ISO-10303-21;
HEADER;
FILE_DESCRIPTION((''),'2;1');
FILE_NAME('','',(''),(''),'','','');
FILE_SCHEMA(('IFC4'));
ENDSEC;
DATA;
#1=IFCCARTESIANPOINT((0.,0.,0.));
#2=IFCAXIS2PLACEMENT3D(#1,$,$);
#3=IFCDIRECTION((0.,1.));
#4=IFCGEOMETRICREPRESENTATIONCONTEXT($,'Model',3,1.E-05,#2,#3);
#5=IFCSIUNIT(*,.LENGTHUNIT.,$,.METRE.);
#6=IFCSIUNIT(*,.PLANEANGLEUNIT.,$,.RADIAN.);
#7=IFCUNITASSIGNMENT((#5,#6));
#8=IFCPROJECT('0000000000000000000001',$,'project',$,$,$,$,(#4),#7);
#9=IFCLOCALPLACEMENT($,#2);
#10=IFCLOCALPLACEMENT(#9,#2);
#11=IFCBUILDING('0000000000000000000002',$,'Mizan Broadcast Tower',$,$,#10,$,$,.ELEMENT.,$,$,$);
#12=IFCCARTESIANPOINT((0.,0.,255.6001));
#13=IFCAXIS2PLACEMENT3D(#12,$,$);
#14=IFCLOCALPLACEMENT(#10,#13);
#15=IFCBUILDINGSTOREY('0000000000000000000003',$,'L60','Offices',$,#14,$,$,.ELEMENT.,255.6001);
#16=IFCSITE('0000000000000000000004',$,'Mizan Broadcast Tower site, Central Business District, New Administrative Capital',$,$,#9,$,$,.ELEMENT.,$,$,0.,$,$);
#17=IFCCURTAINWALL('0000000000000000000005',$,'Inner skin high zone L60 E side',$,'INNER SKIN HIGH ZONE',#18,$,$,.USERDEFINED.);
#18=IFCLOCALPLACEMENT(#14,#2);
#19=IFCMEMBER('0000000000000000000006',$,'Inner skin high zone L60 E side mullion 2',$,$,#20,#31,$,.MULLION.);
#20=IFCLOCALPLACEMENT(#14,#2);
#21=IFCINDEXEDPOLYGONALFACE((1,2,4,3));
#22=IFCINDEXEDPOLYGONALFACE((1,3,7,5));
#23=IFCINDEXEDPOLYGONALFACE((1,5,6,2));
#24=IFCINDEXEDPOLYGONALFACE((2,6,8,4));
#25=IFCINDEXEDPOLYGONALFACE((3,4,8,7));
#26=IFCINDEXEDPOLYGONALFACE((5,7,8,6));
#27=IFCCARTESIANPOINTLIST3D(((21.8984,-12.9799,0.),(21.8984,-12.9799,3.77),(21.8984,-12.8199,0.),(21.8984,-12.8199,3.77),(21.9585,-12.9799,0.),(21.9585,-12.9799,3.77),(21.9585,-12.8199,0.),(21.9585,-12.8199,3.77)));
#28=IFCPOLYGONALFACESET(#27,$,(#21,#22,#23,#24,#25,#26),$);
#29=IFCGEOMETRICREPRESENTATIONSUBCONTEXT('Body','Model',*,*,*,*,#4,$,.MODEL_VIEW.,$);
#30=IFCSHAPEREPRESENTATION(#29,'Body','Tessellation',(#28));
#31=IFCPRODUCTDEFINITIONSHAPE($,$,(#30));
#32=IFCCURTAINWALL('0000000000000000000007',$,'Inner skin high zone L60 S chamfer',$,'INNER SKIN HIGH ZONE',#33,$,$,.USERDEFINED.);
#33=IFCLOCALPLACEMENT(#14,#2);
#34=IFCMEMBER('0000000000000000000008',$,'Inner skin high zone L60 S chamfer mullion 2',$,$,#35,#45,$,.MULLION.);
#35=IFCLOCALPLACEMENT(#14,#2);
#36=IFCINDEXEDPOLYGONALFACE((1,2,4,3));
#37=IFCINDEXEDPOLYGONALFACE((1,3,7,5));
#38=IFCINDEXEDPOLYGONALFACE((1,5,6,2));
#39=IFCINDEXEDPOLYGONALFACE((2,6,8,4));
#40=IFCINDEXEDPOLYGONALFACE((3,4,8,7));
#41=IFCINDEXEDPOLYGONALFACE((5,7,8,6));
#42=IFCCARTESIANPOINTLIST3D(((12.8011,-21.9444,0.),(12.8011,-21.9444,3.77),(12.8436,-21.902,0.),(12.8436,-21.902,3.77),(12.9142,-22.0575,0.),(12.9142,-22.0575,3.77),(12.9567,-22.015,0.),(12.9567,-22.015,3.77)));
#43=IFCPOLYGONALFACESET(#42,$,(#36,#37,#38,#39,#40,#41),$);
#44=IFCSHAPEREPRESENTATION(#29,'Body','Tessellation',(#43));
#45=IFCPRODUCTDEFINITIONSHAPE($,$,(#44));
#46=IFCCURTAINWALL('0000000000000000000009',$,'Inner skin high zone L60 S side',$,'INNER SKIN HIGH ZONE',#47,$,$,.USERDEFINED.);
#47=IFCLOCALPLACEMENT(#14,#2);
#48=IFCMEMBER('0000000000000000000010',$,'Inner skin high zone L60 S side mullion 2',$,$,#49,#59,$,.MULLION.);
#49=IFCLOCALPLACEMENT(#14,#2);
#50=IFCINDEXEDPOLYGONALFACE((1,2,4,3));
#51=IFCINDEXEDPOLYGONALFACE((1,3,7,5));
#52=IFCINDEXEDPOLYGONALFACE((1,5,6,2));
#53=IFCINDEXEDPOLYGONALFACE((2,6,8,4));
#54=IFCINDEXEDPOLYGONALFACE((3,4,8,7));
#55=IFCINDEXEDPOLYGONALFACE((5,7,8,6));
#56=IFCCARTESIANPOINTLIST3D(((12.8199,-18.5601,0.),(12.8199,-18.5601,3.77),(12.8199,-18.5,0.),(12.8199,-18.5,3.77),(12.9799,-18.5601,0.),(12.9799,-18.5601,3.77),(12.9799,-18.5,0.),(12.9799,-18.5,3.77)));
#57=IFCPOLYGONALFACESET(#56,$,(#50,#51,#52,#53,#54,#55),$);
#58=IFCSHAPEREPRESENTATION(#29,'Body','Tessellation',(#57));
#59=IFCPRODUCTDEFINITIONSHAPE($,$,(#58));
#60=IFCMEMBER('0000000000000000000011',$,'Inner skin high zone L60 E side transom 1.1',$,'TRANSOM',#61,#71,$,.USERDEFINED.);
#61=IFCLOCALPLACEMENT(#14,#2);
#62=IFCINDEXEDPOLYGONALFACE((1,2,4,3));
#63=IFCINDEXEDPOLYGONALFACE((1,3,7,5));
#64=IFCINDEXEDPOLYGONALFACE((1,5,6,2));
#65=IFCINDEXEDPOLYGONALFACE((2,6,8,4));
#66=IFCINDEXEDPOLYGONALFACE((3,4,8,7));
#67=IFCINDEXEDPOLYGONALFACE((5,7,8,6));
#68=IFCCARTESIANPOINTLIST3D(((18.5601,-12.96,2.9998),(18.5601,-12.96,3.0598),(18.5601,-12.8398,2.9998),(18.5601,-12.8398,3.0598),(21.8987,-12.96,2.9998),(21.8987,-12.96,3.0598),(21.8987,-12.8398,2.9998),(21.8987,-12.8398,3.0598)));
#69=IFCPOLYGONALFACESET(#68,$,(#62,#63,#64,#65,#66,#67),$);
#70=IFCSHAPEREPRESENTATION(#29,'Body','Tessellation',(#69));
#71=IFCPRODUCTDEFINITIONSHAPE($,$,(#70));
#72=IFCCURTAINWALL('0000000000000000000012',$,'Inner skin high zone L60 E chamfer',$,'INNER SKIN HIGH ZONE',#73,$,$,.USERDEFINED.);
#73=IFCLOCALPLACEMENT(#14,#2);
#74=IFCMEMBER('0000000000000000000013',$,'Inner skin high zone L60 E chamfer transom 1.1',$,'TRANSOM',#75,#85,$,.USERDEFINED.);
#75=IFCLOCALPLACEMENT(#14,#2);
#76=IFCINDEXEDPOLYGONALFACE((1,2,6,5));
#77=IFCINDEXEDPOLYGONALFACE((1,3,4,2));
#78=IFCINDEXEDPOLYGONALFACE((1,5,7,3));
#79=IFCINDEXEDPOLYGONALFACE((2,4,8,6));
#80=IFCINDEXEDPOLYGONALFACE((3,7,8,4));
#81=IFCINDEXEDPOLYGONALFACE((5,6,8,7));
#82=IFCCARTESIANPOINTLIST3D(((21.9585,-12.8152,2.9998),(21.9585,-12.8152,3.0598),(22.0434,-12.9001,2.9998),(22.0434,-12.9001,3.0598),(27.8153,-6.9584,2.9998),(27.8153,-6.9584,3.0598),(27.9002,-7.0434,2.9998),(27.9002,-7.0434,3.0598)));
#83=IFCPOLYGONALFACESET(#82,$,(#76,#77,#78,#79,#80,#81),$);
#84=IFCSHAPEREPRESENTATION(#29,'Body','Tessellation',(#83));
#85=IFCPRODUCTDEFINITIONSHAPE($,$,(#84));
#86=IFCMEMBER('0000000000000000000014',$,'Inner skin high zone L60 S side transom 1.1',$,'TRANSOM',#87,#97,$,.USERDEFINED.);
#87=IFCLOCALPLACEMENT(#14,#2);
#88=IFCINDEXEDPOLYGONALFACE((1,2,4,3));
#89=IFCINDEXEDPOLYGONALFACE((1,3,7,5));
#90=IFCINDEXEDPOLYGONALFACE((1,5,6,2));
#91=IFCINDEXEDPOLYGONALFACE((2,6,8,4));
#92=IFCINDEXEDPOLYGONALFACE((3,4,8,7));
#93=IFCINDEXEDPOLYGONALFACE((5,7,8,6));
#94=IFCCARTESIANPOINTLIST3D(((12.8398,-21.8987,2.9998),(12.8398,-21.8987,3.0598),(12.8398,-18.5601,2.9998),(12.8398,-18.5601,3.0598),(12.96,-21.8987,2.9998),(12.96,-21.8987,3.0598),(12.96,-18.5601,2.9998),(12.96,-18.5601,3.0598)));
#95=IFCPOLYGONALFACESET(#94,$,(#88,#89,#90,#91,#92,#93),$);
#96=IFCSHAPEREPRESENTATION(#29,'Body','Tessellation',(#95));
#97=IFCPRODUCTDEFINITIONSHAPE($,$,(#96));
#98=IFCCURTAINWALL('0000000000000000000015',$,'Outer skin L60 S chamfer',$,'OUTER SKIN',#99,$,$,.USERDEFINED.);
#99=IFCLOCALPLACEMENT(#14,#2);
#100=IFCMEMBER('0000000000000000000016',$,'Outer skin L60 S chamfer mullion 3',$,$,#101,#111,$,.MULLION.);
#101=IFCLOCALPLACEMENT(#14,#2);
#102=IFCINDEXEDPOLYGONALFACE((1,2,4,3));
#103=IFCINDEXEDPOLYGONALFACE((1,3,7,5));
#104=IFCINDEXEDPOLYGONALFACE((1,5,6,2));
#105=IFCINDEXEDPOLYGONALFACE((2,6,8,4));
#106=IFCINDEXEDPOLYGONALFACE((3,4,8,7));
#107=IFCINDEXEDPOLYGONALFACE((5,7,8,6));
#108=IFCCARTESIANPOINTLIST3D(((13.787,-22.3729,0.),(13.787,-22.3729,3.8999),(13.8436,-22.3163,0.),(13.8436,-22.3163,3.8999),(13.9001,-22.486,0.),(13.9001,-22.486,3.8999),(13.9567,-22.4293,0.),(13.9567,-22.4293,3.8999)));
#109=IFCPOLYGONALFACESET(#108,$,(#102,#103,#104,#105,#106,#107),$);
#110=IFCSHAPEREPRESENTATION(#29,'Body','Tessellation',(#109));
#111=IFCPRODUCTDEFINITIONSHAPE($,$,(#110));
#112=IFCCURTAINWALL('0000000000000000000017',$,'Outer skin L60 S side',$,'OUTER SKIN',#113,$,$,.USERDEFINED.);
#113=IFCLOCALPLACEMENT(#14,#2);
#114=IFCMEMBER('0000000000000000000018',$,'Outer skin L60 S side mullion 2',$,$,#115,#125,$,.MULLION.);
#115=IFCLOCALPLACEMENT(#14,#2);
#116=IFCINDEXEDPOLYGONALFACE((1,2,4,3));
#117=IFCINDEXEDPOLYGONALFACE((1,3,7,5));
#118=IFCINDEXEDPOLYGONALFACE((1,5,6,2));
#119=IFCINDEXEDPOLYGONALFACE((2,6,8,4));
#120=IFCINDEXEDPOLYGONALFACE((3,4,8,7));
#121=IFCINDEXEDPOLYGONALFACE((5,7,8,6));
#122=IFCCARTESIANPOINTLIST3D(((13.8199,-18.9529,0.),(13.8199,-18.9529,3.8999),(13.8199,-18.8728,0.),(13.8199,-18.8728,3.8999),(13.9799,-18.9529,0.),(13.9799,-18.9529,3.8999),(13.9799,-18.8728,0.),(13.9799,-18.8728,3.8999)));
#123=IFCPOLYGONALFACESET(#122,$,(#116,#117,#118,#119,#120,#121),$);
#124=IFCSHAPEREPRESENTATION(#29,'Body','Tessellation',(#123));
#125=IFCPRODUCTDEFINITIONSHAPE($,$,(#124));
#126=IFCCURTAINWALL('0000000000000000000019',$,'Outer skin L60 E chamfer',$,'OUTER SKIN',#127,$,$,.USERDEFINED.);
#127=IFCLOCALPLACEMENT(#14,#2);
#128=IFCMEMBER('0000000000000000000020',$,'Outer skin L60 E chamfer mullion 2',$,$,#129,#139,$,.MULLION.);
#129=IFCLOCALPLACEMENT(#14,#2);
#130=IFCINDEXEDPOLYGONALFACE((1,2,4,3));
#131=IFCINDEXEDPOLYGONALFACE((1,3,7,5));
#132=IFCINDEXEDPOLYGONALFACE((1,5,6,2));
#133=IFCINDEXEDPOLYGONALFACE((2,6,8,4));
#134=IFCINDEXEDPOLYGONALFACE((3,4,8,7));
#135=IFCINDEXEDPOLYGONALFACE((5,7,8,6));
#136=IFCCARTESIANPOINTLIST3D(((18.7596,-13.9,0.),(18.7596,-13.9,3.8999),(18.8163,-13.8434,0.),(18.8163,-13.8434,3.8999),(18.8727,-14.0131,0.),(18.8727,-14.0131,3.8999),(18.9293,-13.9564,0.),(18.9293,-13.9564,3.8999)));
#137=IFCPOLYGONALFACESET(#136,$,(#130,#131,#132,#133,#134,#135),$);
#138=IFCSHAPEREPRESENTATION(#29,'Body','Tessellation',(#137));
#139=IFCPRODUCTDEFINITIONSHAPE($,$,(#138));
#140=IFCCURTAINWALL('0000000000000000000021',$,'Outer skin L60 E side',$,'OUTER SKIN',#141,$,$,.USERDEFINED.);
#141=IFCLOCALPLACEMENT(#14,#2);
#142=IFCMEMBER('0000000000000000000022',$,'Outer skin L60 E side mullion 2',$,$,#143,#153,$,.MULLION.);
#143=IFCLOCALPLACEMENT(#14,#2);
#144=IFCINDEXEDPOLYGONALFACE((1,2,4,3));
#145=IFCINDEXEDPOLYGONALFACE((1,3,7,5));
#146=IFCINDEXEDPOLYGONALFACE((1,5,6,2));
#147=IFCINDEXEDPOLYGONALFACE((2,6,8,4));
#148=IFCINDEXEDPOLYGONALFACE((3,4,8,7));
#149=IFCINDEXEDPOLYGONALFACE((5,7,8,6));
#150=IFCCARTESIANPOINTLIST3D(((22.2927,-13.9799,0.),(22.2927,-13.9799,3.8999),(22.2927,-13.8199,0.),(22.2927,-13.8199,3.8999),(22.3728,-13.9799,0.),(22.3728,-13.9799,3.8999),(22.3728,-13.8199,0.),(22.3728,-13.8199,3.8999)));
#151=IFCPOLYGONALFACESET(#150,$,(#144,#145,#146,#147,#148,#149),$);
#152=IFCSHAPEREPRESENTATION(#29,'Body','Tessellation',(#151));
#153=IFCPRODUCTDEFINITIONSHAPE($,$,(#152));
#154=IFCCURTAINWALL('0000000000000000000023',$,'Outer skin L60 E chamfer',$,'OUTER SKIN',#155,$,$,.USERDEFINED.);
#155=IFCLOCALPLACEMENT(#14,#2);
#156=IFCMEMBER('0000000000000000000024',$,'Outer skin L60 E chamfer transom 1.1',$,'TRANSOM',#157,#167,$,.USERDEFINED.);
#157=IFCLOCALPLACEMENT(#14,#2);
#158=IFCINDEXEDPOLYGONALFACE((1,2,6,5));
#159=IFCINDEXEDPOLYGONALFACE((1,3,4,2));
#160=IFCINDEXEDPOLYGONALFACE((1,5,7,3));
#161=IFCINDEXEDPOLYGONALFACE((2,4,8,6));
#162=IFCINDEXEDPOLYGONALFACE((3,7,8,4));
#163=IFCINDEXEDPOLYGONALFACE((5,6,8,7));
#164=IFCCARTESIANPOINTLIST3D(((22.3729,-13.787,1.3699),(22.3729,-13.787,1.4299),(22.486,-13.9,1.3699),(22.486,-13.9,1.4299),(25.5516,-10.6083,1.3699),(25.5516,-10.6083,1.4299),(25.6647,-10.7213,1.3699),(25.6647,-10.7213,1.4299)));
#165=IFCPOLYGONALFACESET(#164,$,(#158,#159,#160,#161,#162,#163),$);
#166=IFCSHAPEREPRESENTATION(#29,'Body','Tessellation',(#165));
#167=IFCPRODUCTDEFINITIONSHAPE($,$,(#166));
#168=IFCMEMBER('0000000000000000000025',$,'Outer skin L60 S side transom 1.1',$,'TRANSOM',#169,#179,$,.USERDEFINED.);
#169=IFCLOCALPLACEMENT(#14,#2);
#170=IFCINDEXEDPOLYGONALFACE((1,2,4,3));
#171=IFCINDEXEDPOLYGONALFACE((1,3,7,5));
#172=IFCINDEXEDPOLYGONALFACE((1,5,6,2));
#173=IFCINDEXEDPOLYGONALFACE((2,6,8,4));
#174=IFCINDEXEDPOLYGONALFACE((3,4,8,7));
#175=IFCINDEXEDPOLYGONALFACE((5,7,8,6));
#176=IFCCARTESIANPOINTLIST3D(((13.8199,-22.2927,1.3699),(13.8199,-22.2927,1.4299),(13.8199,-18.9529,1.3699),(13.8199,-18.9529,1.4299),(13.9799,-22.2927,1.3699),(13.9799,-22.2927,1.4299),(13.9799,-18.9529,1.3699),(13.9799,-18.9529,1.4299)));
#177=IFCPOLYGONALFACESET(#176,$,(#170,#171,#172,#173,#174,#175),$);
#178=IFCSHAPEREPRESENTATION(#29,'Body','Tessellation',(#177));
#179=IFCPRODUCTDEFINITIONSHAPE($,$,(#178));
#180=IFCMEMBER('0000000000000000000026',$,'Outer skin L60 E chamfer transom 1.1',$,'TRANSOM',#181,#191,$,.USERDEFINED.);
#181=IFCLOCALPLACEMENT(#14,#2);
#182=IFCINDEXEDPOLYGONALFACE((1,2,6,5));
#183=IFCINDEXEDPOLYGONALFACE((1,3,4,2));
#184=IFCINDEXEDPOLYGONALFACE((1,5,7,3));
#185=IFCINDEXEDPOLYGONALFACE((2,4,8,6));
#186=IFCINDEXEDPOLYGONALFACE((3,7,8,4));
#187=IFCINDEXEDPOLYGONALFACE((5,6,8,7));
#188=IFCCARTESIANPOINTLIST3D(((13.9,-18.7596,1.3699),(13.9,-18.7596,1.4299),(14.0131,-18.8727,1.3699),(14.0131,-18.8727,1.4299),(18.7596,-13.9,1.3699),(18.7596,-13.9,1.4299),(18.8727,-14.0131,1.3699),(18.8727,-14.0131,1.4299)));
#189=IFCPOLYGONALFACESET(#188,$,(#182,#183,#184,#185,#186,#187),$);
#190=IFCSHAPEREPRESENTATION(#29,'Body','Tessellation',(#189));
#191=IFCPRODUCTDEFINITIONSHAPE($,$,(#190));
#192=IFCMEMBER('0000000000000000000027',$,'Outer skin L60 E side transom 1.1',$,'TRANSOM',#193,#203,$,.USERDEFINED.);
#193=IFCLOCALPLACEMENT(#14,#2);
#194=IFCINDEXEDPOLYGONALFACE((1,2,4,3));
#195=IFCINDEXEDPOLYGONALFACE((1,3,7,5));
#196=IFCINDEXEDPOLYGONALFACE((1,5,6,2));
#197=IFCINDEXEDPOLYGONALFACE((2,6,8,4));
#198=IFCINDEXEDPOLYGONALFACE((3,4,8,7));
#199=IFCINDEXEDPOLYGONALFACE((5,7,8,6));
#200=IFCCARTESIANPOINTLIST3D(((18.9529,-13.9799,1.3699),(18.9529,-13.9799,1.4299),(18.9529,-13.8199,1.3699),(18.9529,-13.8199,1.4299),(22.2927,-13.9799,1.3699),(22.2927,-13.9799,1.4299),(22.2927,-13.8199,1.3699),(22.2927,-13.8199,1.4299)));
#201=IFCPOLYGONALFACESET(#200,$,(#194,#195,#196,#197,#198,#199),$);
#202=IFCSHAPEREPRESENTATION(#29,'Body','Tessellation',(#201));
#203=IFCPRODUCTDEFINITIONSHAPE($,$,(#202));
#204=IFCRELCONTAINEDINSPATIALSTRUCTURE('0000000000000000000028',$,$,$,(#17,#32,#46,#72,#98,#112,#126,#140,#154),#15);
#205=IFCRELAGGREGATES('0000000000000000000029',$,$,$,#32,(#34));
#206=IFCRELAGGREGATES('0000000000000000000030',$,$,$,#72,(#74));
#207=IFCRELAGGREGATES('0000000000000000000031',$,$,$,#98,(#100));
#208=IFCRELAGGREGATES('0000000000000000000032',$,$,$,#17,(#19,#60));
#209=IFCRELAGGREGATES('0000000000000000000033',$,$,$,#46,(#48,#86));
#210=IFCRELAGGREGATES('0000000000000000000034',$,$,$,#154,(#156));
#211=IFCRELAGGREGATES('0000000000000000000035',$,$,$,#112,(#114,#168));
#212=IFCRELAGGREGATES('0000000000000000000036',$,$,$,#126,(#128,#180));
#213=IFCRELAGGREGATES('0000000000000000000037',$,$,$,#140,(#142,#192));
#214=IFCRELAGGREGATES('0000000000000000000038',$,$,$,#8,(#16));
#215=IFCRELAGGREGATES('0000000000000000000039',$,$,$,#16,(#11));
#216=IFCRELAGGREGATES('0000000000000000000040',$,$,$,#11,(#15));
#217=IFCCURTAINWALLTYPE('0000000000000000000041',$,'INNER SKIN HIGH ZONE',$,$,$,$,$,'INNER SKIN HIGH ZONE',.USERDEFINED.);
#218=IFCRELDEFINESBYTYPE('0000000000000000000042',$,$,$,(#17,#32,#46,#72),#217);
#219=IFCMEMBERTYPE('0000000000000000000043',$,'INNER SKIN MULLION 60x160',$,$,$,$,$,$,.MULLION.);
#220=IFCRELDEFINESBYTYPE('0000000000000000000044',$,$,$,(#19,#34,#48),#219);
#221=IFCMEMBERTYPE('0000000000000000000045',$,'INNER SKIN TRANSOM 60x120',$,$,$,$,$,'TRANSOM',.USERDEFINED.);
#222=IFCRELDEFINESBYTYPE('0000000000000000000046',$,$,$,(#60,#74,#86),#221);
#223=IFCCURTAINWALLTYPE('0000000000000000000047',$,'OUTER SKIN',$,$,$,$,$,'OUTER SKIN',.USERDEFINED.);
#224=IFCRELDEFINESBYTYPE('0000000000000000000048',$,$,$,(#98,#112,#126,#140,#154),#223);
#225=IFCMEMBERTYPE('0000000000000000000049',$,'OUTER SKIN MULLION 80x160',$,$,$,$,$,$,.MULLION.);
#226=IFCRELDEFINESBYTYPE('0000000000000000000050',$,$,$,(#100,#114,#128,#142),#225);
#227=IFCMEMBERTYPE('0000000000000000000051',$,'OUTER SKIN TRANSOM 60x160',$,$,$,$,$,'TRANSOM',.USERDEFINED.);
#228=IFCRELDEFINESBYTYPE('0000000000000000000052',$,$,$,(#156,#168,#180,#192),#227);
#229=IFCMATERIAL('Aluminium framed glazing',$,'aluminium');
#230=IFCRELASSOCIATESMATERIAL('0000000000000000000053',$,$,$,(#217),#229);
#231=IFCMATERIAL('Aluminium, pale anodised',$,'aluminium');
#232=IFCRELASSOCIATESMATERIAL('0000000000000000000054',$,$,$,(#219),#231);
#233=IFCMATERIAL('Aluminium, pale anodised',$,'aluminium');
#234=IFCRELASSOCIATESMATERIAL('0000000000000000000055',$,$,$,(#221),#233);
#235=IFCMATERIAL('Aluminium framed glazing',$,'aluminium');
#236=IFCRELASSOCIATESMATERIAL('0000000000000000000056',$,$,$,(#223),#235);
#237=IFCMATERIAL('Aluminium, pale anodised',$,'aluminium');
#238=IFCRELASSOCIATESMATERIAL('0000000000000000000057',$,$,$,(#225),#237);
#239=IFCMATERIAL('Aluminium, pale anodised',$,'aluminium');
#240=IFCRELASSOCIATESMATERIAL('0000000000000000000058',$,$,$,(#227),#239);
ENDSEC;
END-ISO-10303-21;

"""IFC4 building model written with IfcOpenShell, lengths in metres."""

from ifc_helpers import new_model, si_unit, direction, frame, origin, origin_2d, place, context, subcontext, project, spatial, rectangle, extrude, material, material_profile, profile_set, type_object, element, aggregate, save


model = new_model("IFC4")

# Units and contexts
model_context = context("Model", 3, precision=1e-05, world=origin(), true_north=direction((0.0, 1.0)))
body_context = subcontext(model_context, "Body", "Model", "MODEL_VIEW")
ifc_project = project(units=[si_unit("LENGTHUNIT", "METRE"), si_unit("PLANEANGLEUNIT", "RADIAN")], contexts=[model_context])

# Site, building, storey
site_placement = place(None, origin())
site = spatial("IfcSite", under=ifc_project, at=site_placement, Name="Mizan Broadcast Tower site, Central Business District, New Administrative Capital", CompositionType="ELEMENT", RefElevation=0.0)
building_placement = place(site_placement, origin())
building = spatial("IfcBuilding", under=site, at=building_placement, Name="Mizan Broadcast Tower", CompositionType="ELEMENT")
storey_placement = place(building_placement, frame((0.0, 0.0, 255.6001)))
storey = spatial("IfcBuildingStorey", under=building, at=storey_placement, Name="L60", Description="Offices", CompositionType="ELEMENT", Elevation=255.6001)

# Curtain walls, members
ifc_material_1 = material(Name="Aluminium framed glazing", Category="aluminium")
curtain_wall_type_1 = type_object("IfcCurtainWallType", Name="INNER SKIN HIGH ZONE", ElementType="INNER SKIN HIGH ZONE", PredefinedType="USERDEFINED", material=ifc_material_1)
curtain_wall_1_placement = place(storey_placement, origin())
curtain_wall_1 = element("IfcCurtainWall", 1, at=curtain_wall_1_placement, inside=storey, type_object=curtain_wall_type_1, Name="Inner skin high zone L60 E side", ObjectType="INNER SKIN HIGH ZONE", PredefinedType="USERDEFINED")
ifc_material_2 = material(Name="Aluminium, pale anodised", Category="aluminium")
ifc_material_profile_1 = material_profile(ifc_material_2, rectangle(XDim=0.1599, YDim=0.0601, at=origin_2d()), Name="MULLION 160x60")
ifc_profile_set_1 = profile_set([ifc_material_profile_1], Name="Aluminium, pale anodised")
member_type_1 = type_object("IfcMemberType", Name="INNER SKIN MULLION 60x160", PredefinedType="MULLION", material=ifc_profile_set_1)
member_1_placement = place(storey_placement, frame((21.9285, -12.8999, 0.0), z_axis=(0.0, 0.0, 1.0), x_axis=(0.0, 1.0, 0.0)))
member_1 = element("IfcMember", 2, at=member_1_placement, type_object=member_type_1, Name="Inner skin high zone L60 E side mullion 2", PredefinedType="MULLION", context=body_context, shape_type="SweptSolid", body=[
    extrude(rectangle(XDim=0.1599, YDim=0.0601, at=origin_2d()), origin(), (0.0, 0.0, 1.0), 3.77),
])
curtain_wall_2_placement = place(storey_placement, origin())
curtain_wall_2 = element("IfcCurtainWall", 3, at=curtain_wall_2_placement, inside=storey, type_object=curtain_wall_type_1, Name="Inner skin high zone L60 S chamfer", ObjectType="INNER SKIN HIGH ZONE", PredefinedType="USERDEFINED")
member_2_placement = place(storey_placement, frame((12.8789, -21.9797, 0.0), z_axis=(0.0, 0.0, 1.0), x_axis=(-0.707107, 0.707107, 0.0)))
member_2 = element("IfcMember", 4, at=member_2_placement, type_object=member_type_1, Name="Inner skin high zone L60 S chamfer mullion 2", PredefinedType="MULLION", context=body_context, shape_type="SweptSolid", body=[
    extrude(rectangle(XDim=0.1599, YDim=0.0601, at=origin_2d()), origin(), (0.0, 0.0, 1.0), 3.77),
])
aggregate(curtain_wall_2, [member_2])
curtain_wall_3_placement = place(storey_placement, origin())
curtain_wall_3 = element("IfcCurtainWall", 5, at=curtain_wall_3_placement, inside=storey, type_object=curtain_wall_type_1, Name="Inner skin high zone L60 S side", ObjectType="INNER SKIN HIGH ZONE", PredefinedType="USERDEFINED")
member_3_placement = place(storey_placement, frame((12.8999, -18.53, 0.0), z_axis=(0.0, 0.0, 1.0), x_axis=(-1.0, 0.0, 0.0)))
member_3 = element("IfcMember", 6, at=member_3_placement, type_object=member_type_1, Name="Inner skin high zone L60 S side mullion 2", PredefinedType="MULLION", context=body_context, shape_type="SweptSolid", body=[
    extrude(rectangle(XDim=0.1599, YDim=0.0601, at=origin_2d()), origin(), (0.0, 0.0, 1.0), 3.77),
])

# Member
ifc_material_3 = material(Name="Aluminium, pale anodised", Category="aluminium")
ifc_material_profile_2 = material_profile(ifc_material_3, rectangle(XDim=0.1201, YDim=0.0601, at=origin_2d()), Name="TRANSOM 120x60")
ifc_profile_set_2 = profile_set([ifc_material_profile_2], Name="Aluminium, pale anodised")
member_type_2 = type_object("IfcMemberType", Name="INNER SKIN TRANSOM 60x120", ElementType="TRANSOM", PredefinedType="USERDEFINED", material=ifc_profile_set_2)
member_4_placement = place(storey_placement, frame((18.5601, -12.8999, 3.0298), z_axis=(1.0, 0.0, 0.0), x_axis=(0.0, 1.0, 0.0)))
member_4 = element("IfcMember", 7, at=member_4_placement, type_object=member_type_2, Name="Inner skin high zone L60 E side transom 1.1", ObjectType="TRANSOM", PredefinedType="USERDEFINED", context=body_context, shape_type="SweptSolid", body=[
    extrude(rectangle(XDim=0.1201, YDim=0.0601, at=origin_2d()), origin(), (0.0, 0.0, 1.0), 3.3386),
])

# Curtain wall, member
curtain_wall_4_placement = place(storey_placement, origin())
curtain_wall_4 = element("IfcCurtainWall", 8, at=curtain_wall_4_placement, inside=storey, type_object=curtain_wall_type_1, Name="Inner skin high zone L60 E chamfer", ObjectType="INNER SKIN HIGH ZONE", PredefinedType="USERDEFINED")
member_5_placement = place(storey_placement, frame((22.001, -12.8577, 3.0298), z_axis=(0.707107, 0.707107, 0.0), x_axis=(-0.707107, 0.707107, 0.0)))
member_5 = element("IfcMember", 9, at=member_5_placement, type_object=member_type_2, Name="Inner skin high zone L60 E chamfer transom 1.1", ObjectType="TRANSOM", PredefinedType="USERDEFINED", context=body_context, shape_type="SweptSolid", body=[
    extrude(rectangle(XDim=0.1201, YDim=0.0601, at=origin_2d()), origin(), (0.0, 0.0, 1.0), 8.2827),
])
aggregate(curtain_wall_4, [member_5])

# Member
member_6_placement = place(storey_placement, frame((12.8999, -21.8987, 3.0298), z_axis=(0.0, 1.0, 0.0), x_axis=(-1.0, 0.0, 0.0)))
member_6 = element("IfcMember", 10, at=member_6_placement, type_object=member_type_2, Name="Inner skin high zone L60 S side transom 1.1", ObjectType="TRANSOM", PredefinedType="USERDEFINED", context=body_context, shape_type="SweptSolid", body=[
    extrude(rectangle(XDim=0.1201, YDim=0.0601, at=origin_2d()), origin(), (0.0, 0.0, 1.0), 3.3386),
])

# Curtain walls, members
ifc_material_4 = material(Name="Aluminium framed glazing", Category="aluminium")
curtain_wall_type_2 = type_object("IfcCurtainWallType", Name="OUTER SKIN", ElementType="OUTER SKIN", PredefinedType="USERDEFINED", material=ifc_material_4)
curtain_wall_5_placement = place(storey_placement, origin())
curtain_wall_5 = element("IfcCurtainWall", 11, at=curtain_wall_5_placement, inside=storey, type_object=curtain_wall_type_2, Name="Outer skin L60 S chamfer", ObjectType="OUTER SKIN", PredefinedType="USERDEFINED")
ifc_material_5 = material(Name="Aluminium, pale anodised", Category="aluminium")
ifc_material_profile_3 = material_profile(ifc_material_5, rectangle(XDim=0.1599, YDim=0.0801, at=origin_2d()), Name="MULLION 160x80")
ifc_profile_set_3 = profile_set([ifc_material_profile_3], Name="Aluminium, pale anodised")
member_type_3 = type_object("IfcMemberType", Name="OUTER SKIN MULLION 80x160", PredefinedType="MULLION", material=ifc_profile_set_3)
member_7_placement = place(storey_placement, frame((13.8718, -22.4011, 0.0), z_axis=(0.0, 0.0, 1.0), x_axis=(-0.707107, 0.707107, 0.0)))
member_7 = element("IfcMember", 12, at=member_7_placement, type_object=member_type_3, Name="Outer skin L60 S chamfer mullion 3", PredefinedType="MULLION", context=body_context, shape_type="SweptSolid", body=[
    extrude(rectangle(XDim=0.1599, YDim=0.0801, at=origin_2d()), origin(), (0.0, 0.0, 1.0), 3.8999),
])
aggregate(curtain_wall_5, [member_7])
curtain_wall_6_placement = place(storey_placement, origin())
curtain_wall_6 = element("IfcCurtainWall", 13, at=curtain_wall_6_placement, inside=storey, type_object=curtain_wall_type_2, Name="Outer skin L60 S side", ObjectType="OUTER SKIN", PredefinedType="USERDEFINED")
member_8_placement = place(storey_placement, frame((13.8999, -18.9128, 0.0), z_axis=(0.0, 0.0, 1.0), x_axis=(-1.0, 0.0, 0.0)))
member_8 = element("IfcMember", 14, at=member_8_placement, type_object=member_type_3, Name="Outer skin L60 S side mullion 2", PredefinedType="MULLION", context=body_context, shape_type="SweptSolid", body=[
    extrude(rectangle(XDim=0.1599, YDim=0.0801, at=origin_2d()), origin(), (0.0, 0.0, 1.0), 3.8999),
])
curtain_wall_7_placement = place(storey_placement, origin())
curtain_wall_7 = element("IfcCurtainWall", 15, at=curtain_wall_7_placement, inside=storey, type_object=curtain_wall_type_2, Name="Outer skin L60 E chamfer", ObjectType="OUTER SKIN", PredefinedType="USERDEFINED")
member_9_placement = place(storey_placement, frame((18.8445, -13.9282, 0.0), z_axis=(0.0, 0.0, 1.0), x_axis=(-0.707107, 0.707107, 0.0)))
member_9 = element("IfcMember", 16, at=member_9_placement, type_object=member_type_3, Name="Outer skin L60 E chamfer mullion 2", PredefinedType="MULLION", context=body_context, shape_type="SweptSolid", body=[
    extrude(rectangle(XDim=0.1599, YDim=0.0801, at=origin_2d()), origin(), (0.0, 0.0, 1.0), 3.8999),
])
curtain_wall_8_placement = place(storey_placement, origin())
curtain_wall_8 = element("IfcCurtainWall", 17, at=curtain_wall_8_placement, inside=storey, type_object=curtain_wall_type_2, Name="Outer skin L60 E side", ObjectType="OUTER SKIN", PredefinedType="USERDEFINED")
member_10_placement = place(storey_placement, frame((22.3328, -13.8999, 0.0), z_axis=(0.0, 0.0, 1.0), x_axis=(0.0, 1.0, 0.0)))
member_10 = element("IfcMember", 18, at=member_10_placement, type_object=member_type_3, Name="Outer skin L60 E side mullion 2", PredefinedType="MULLION", context=body_context, shape_type="SweptSolid", body=[
    extrude(rectangle(XDim=0.1599, YDim=0.0801, at=origin_2d()), origin(), (0.0, 0.0, 1.0), 3.8999),
])
curtain_wall_9_placement = place(storey_placement, origin())
curtain_wall_9 = element("IfcCurtainWall", 19, at=curtain_wall_9_placement, inside=storey, type_object=curtain_wall_type_2, Name="Outer skin L60 E chamfer", ObjectType="OUTER SKIN", PredefinedType="USERDEFINED")
ifc_material_6 = material(Name="Aluminium, pale anodised", Category="aluminium")
ifc_material_profile_4 = material_profile(ifc_material_6, rectangle(XDim=0.1599, YDim=0.0601, at=origin_2d()), Name="TRANSOM 160x60")
ifc_profile_set_4 = profile_set([ifc_material_profile_4], Name="Aluminium, pale anodised")
member_type_4 = type_object("IfcMemberType", Name="OUTER SKIN TRANSOM 60x160", ElementType="TRANSOM", PredefinedType="USERDEFINED", material=ifc_profile_set_4)
member_11_placement = place(storey_placement, frame((22.4294, -13.8435, 1.3999), z_axis=(0.707107, 0.707107, 0.0), x_axis=(-0.707107, 0.707107, 0.0)))
member_11 = element("IfcMember", 20, at=member_11_placement, type_object=member_type_4, Name="Outer skin L60 E chamfer transom 1.1", ObjectType="TRANSOM", PredefinedType="USERDEFINED", context=body_context, shape_type="SweptSolid", body=[
    extrude(rectangle(XDim=0.1599, YDim=0.0601, at=origin_2d()), origin(), (0.0, 0.0, 1.0), 4.4954),
])

# Members
member_12_placement = place(storey_placement, frame((13.8999, -22.2927, 1.3999), z_axis=(0.0, 1.0, 0.0), x_axis=(-1.0, 0.0, 0.0)))
member_12 = element("IfcMember", 21, at=member_12_placement, type_object=member_type_4, Name="Outer skin L60 S side transom 1.1", ObjectType="TRANSOM", PredefinedType="USERDEFINED", context=body_context, shape_type="SweptSolid", body=[
    extrude(rectangle(XDim=0.1599, YDim=0.0601, at=origin_2d()), origin(), (0.0, 0.0, 1.0), 3.3398),
])
member_13_placement = place(storey_placement, frame((13.9565, -18.8162, 1.3999), z_axis=(0.707107, 0.707107, 0.0), x_axis=(-0.707107, 0.707107, 0.0)))
member_13 = element("IfcMember", 22, at=member_13_placement, type_object=member_type_4, Name="Outer skin L60 E chamfer transom 1.1", ObjectType="TRANSOM", PredefinedType="USERDEFINED", context=body_context, shape_type="SweptSolid", body=[
    extrude(rectangle(XDim=0.1599, YDim=0.0601, at=origin_2d()), origin(), (0.0, 0.0, 1.0), 6.8726),
])
member_14_placement = place(storey_placement, frame((18.9529, -13.8999, 1.3999), z_axis=(1.0, 0.0, 0.0), x_axis=(0.0, 1.0, 0.0)))
member_14 = element("IfcMember", 23, at=member_14_placement, type_object=member_type_4, Name="Outer skin L60 E side transom 1.1", ObjectType="TRANSOM", PredefinedType="USERDEFINED", context=body_context, shape_type="SweptSolid", body=[
    extrude(rectangle(XDim=0.1599, YDim=0.0601, at=origin_2d()), origin(), (0.0, 0.0, 1.0), 3.3398),
])

aggregate(curtain_wall_1, [member_1, member_4])
aggregate(curtain_wall_3, [member_3, member_6])
aggregate(curtain_wall_9, [member_11])
aggregate(curtain_wall_6, [member_8, member_12])
aggregate(curtain_wall_7, [member_9, member_13])
aggregate(curtain_wall_8, [member_10, member_14])

save(model, "model.ifc")
